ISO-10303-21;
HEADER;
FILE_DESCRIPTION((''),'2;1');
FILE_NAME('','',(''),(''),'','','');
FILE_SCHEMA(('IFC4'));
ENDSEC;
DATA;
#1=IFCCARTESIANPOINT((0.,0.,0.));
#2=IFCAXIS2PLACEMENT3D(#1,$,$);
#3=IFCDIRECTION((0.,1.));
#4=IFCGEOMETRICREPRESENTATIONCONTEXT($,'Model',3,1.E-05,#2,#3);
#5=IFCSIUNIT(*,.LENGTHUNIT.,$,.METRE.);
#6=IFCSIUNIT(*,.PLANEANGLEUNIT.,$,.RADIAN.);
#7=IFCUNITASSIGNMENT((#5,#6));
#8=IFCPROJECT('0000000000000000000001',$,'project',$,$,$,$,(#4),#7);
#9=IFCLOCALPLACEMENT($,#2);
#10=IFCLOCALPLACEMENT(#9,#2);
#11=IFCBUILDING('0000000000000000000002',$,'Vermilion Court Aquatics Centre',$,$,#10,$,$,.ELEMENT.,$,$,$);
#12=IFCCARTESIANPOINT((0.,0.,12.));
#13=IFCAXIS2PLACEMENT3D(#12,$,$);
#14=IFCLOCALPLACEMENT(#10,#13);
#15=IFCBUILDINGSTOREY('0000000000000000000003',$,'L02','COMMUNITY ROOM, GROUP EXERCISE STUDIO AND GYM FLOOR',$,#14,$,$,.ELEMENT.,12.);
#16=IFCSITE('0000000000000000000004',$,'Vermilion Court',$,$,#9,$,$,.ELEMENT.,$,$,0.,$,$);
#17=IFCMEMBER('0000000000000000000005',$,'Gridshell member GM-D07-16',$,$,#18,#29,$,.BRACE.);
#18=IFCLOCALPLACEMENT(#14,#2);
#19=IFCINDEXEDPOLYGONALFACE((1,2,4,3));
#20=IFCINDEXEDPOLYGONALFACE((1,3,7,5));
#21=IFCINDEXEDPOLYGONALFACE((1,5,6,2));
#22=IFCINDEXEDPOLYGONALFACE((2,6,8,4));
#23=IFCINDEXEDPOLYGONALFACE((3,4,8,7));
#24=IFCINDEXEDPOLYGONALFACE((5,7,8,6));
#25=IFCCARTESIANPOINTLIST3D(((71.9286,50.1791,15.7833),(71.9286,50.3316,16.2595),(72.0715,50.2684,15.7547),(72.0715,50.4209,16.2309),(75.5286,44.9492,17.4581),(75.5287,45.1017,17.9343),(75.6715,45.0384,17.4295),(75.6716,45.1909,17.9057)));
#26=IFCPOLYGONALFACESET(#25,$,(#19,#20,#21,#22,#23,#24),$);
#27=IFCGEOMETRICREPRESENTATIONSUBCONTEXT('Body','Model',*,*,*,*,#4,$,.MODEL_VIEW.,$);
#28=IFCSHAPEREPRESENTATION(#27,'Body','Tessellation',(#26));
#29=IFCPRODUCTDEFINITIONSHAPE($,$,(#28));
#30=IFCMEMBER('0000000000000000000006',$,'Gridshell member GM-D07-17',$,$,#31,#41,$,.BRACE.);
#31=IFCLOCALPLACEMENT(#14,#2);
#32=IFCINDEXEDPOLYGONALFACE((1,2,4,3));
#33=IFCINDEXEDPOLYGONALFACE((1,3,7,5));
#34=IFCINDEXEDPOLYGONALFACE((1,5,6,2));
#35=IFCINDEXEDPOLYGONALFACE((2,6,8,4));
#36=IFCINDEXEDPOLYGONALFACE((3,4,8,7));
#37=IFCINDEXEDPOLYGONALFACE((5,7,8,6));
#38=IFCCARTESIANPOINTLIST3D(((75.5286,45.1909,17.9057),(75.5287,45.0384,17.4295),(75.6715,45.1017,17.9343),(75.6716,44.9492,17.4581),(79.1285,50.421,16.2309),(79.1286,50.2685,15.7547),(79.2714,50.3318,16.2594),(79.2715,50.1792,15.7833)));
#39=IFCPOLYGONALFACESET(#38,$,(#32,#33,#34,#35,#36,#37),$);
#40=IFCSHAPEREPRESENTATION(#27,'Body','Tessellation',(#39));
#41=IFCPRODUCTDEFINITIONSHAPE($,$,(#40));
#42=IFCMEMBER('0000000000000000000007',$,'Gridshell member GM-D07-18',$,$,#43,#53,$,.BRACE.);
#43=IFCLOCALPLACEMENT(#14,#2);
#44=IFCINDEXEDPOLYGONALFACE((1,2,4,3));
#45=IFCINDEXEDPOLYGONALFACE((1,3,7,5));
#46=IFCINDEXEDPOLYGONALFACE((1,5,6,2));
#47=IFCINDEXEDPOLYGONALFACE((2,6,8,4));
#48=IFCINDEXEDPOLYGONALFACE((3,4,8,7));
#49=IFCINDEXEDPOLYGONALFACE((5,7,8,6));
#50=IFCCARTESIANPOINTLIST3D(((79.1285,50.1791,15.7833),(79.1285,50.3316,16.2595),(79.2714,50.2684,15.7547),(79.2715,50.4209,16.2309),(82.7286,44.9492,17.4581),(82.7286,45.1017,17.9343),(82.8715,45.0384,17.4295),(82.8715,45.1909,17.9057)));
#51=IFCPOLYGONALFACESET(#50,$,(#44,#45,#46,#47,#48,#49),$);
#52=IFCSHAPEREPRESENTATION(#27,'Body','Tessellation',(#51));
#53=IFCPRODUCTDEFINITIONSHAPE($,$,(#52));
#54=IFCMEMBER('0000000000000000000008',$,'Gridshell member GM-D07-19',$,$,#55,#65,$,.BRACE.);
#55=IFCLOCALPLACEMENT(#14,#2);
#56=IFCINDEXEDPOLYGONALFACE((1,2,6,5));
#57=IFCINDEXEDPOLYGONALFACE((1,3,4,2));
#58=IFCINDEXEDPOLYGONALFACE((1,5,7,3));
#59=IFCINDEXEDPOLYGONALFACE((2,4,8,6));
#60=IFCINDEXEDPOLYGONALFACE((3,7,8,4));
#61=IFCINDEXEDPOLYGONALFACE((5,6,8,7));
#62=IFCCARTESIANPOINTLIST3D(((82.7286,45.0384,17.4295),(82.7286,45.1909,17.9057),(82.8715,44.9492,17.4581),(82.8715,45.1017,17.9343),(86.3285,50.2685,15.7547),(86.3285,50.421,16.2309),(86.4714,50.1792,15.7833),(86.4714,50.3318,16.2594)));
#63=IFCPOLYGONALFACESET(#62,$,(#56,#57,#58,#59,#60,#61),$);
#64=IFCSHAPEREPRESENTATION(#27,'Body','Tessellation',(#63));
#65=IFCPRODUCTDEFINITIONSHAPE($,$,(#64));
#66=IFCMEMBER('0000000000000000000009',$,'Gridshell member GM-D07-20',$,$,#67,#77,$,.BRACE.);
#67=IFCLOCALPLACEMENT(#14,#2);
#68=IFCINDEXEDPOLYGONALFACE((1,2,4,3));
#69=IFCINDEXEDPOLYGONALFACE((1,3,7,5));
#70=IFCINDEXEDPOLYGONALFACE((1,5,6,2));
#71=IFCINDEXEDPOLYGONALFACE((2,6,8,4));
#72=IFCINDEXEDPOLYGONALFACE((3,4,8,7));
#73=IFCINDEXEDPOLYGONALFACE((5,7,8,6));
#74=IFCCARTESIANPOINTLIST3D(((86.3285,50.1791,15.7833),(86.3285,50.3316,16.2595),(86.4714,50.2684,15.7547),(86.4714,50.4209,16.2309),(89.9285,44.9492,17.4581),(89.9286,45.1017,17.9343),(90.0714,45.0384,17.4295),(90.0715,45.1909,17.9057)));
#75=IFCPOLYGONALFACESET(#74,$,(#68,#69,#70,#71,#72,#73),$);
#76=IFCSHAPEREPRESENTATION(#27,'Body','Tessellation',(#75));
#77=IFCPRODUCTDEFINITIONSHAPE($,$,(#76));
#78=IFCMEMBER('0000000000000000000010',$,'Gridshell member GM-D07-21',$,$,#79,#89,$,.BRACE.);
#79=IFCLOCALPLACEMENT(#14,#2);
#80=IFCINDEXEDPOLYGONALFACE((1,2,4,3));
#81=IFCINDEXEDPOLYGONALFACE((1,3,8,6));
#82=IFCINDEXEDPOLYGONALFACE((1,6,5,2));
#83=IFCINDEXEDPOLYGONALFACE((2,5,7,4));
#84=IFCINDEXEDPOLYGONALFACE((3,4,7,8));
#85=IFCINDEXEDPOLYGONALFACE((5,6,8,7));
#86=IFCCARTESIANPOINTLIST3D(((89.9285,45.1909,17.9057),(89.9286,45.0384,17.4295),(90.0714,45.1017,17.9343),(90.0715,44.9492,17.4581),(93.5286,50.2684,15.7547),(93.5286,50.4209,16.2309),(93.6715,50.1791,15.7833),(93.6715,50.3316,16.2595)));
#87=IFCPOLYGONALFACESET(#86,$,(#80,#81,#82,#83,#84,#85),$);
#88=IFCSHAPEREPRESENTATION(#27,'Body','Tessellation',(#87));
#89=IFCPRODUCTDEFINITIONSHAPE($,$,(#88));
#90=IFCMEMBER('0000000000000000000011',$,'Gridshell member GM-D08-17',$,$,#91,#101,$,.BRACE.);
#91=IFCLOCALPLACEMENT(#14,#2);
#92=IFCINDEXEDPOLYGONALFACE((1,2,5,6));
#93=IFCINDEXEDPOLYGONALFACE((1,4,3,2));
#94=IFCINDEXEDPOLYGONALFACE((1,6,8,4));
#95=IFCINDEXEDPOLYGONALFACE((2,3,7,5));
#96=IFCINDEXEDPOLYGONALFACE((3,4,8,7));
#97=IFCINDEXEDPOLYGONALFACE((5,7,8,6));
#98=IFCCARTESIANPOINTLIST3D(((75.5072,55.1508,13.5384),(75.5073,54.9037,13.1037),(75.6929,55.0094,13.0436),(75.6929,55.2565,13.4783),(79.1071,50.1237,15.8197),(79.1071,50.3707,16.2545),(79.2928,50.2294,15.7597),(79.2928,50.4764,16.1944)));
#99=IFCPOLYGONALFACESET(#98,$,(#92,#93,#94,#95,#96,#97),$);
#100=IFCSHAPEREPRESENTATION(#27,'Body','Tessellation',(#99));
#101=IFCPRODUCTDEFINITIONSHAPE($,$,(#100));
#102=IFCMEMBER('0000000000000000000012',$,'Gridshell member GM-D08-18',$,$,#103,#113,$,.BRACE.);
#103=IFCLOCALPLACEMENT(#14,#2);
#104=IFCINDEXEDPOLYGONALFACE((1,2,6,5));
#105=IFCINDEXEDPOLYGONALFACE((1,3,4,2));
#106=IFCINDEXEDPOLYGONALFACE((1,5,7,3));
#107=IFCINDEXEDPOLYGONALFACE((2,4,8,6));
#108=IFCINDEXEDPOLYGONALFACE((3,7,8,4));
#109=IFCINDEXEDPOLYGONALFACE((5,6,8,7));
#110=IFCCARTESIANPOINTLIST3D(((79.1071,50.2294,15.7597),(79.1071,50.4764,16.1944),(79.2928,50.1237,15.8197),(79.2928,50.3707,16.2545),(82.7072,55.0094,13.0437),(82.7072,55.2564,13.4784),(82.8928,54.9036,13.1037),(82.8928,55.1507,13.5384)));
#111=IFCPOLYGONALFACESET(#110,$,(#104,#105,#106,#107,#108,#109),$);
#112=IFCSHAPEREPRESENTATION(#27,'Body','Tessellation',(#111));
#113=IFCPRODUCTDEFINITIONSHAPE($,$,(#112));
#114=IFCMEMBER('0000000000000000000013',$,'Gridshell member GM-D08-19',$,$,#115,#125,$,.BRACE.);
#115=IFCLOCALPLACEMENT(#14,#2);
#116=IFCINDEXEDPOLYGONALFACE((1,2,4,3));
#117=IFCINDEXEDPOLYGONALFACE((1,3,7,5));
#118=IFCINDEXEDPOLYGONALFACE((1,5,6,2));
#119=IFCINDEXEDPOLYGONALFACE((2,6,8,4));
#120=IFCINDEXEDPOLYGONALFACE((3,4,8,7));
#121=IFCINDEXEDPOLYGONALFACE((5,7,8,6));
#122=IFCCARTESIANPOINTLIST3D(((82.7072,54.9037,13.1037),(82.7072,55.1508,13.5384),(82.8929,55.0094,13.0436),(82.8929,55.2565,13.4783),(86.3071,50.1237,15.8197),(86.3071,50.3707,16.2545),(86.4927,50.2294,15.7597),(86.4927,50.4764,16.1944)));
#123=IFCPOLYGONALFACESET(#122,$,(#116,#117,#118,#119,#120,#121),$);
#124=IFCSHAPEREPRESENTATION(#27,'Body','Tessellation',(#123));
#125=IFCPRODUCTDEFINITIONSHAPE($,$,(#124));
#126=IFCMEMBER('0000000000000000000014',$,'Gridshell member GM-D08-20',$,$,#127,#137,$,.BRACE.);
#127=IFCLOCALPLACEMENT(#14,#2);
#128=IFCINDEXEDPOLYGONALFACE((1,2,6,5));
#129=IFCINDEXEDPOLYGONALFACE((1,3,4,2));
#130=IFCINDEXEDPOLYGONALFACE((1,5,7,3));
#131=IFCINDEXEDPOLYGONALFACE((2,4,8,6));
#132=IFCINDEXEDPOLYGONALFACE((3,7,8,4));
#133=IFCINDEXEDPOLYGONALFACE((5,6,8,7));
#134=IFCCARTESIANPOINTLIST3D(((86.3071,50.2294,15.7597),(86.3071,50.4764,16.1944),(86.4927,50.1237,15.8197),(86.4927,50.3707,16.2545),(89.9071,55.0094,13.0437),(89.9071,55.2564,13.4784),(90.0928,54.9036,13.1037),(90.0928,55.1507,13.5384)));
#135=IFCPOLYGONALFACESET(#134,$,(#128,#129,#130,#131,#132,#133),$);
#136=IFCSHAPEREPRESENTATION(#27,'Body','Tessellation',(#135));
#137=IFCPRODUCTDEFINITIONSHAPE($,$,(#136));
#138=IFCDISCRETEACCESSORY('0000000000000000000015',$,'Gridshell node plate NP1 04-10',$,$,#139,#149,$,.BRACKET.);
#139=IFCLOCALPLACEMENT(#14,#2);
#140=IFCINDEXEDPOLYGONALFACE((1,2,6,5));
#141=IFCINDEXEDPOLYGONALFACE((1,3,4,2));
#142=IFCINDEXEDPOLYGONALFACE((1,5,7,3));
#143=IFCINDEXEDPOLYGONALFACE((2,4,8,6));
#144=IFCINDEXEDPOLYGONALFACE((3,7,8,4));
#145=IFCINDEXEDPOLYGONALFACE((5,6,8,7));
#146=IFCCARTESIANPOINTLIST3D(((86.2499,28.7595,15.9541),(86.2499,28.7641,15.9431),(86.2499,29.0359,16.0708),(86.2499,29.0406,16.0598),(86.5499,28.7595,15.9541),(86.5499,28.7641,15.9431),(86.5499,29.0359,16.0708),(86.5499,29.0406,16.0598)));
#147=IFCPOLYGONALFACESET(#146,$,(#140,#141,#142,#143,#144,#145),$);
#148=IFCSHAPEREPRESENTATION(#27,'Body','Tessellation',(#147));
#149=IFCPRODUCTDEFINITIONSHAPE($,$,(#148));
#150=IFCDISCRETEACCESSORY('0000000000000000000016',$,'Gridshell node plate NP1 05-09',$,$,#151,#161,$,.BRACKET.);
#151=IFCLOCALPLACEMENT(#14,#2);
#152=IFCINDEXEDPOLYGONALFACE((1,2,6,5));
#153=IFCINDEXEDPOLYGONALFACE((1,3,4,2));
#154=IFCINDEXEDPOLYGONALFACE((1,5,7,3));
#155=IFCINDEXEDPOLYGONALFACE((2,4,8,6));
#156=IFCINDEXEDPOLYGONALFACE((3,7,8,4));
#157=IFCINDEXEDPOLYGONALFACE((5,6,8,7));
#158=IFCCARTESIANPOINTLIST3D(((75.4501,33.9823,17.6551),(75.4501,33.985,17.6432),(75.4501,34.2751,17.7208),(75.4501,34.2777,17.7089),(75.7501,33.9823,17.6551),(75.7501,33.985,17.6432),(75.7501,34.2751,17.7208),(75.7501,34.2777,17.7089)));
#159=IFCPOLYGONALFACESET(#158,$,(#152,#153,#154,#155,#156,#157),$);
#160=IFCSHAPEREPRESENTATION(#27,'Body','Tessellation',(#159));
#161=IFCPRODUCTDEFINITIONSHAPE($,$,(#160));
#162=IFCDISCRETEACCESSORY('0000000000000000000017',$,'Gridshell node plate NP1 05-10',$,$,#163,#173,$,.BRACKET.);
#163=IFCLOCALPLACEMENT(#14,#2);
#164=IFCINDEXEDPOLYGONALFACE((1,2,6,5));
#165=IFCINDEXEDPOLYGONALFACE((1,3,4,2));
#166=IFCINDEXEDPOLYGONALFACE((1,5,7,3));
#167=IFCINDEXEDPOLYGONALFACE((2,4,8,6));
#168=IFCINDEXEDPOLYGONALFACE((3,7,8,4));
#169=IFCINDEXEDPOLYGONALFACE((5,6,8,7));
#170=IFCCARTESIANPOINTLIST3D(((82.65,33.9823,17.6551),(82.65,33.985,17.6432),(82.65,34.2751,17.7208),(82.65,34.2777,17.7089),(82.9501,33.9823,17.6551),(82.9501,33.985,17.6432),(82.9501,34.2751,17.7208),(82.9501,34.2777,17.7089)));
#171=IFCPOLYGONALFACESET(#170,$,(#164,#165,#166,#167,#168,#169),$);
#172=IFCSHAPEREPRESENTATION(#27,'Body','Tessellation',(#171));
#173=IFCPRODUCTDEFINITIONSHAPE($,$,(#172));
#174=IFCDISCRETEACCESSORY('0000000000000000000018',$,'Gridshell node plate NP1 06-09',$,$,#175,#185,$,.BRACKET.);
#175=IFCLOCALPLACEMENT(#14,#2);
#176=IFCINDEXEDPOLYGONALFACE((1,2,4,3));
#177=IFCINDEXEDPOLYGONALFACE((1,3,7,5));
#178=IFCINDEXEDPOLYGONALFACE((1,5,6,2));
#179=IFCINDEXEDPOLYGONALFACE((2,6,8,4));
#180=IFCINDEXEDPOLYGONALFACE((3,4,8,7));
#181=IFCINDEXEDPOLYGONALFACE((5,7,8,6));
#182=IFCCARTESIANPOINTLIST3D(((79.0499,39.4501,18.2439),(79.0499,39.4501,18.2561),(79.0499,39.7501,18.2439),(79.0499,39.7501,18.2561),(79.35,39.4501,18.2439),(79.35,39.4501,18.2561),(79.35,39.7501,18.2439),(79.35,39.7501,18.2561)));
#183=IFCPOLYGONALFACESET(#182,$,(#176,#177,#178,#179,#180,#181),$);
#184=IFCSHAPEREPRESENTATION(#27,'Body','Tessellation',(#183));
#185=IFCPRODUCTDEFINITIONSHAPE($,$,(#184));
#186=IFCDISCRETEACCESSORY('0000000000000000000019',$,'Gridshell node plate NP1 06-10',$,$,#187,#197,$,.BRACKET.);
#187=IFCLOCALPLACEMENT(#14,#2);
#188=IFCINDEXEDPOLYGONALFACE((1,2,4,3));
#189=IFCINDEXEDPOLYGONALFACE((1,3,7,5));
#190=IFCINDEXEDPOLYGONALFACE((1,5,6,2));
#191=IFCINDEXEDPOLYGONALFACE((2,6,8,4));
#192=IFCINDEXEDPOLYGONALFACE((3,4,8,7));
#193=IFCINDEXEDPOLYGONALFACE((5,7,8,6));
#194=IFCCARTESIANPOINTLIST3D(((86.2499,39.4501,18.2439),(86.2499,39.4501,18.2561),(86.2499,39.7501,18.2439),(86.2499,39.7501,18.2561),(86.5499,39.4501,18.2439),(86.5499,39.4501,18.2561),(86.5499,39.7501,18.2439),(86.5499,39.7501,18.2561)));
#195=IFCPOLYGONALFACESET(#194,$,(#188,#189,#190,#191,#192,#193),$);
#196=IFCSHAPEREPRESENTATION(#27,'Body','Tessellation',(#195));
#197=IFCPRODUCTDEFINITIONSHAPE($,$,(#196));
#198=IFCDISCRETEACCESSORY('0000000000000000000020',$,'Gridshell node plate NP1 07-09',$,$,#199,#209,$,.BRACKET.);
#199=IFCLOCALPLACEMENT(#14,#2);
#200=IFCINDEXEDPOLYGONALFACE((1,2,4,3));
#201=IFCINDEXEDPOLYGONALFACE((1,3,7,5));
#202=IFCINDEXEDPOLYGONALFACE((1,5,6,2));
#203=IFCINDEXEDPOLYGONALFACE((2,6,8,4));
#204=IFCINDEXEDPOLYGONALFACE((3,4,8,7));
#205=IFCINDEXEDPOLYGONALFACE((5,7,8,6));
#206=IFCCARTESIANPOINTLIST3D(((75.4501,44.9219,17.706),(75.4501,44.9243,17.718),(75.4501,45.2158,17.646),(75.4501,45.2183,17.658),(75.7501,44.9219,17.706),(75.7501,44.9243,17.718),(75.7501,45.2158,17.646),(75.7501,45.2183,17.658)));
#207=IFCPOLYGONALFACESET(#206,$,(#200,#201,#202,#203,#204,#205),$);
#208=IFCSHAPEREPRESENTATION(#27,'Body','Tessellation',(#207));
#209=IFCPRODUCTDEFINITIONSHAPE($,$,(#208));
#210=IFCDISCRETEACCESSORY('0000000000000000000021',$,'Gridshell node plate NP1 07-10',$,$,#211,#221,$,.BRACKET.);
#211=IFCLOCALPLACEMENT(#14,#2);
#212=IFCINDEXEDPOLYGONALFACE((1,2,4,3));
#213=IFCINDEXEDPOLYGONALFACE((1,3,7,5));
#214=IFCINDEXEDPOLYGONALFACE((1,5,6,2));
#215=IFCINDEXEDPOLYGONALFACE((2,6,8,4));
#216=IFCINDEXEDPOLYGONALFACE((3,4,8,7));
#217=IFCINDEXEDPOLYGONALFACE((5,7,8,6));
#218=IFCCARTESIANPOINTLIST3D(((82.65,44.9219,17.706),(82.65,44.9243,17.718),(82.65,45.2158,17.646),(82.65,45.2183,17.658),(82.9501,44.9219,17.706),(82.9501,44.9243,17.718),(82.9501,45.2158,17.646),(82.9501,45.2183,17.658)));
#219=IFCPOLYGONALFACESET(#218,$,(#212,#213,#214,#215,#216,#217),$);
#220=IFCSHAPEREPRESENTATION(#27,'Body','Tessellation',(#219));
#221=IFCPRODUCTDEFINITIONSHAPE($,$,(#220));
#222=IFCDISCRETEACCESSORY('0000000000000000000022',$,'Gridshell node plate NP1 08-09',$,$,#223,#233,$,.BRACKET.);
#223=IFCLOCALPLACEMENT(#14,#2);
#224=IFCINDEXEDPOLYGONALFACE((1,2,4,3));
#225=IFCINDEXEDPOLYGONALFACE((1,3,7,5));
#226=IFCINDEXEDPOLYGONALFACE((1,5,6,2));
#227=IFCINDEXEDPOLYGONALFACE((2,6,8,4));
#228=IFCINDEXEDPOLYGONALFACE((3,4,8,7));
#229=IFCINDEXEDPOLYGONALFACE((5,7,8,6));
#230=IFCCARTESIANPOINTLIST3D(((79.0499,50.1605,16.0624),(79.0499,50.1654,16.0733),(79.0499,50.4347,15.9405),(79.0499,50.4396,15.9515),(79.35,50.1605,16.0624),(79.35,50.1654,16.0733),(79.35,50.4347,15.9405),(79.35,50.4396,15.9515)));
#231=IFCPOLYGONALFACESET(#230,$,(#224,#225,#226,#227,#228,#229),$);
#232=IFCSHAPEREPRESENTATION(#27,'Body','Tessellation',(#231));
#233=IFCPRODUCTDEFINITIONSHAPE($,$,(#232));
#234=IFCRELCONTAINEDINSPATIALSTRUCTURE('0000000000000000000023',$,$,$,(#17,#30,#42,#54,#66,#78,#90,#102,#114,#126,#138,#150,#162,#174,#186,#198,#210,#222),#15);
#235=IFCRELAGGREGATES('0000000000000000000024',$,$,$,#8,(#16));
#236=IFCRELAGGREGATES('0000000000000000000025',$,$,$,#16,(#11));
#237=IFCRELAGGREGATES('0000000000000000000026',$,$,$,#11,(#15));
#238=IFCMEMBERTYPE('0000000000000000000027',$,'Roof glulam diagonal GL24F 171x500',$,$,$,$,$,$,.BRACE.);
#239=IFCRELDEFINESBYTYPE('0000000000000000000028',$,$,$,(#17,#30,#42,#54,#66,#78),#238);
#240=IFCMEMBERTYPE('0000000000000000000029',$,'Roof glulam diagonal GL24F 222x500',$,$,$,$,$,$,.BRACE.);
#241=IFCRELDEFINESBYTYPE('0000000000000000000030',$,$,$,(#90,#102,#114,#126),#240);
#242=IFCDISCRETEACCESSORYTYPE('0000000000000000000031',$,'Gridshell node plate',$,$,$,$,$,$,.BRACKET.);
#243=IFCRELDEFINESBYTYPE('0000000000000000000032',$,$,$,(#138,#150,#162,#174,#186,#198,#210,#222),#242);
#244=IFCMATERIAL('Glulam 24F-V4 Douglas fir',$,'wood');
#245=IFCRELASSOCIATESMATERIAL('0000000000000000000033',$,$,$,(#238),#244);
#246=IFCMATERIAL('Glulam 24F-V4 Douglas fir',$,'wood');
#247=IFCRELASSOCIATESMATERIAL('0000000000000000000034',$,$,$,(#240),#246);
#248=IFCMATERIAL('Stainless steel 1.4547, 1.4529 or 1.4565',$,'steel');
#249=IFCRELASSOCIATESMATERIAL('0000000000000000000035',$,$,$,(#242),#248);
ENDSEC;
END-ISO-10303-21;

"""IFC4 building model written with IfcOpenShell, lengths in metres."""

from ifc_helpers import new_model, si_unit, direction, frame, origin, origin_2d, place, context, subcontext, project, spatial, rectangle, extrude, material, material_profile, profile_set, type_object, element, save


model = new_model("IFC4")

# Units and contexts
model_context = context("Model", 3, precision=1e-05, world=origin(), true_north=direction((0.0, 1.0)))
body_context = subcontext(model_context, "Body", "Model", "MODEL_VIEW")
ifc_project = project(units=[si_unit("LENGTHUNIT", "METRE"), si_unit("PLANEANGLEUNIT", "RADIAN")], contexts=[model_context])

# Site, building, storey
site_placement = place(None, origin())
site = spatial("IfcSite", under=ifc_project, at=site_placement, Name="Vermilion Court", CompositionType="ELEMENT", RefElevation=0.0)
building_placement = place(site_placement, origin())
building = spatial("IfcBuilding", under=site, at=building_placement, Name="Vermilion Court Aquatics Centre", CompositionType="ELEMENT")
storey_placement = place(building_placement, frame((0.0, 0.0, 12.0)))
storey = spatial("IfcBuildingStorey", under=building, at=storey_placement, Name="L02", Description="COMMUNITY ROOM, GROUP EXERCISE STUDIO AND GYM FLOOR", CompositionType="ELEMENT", Elevation=12.0)

# Members
ifc_material_1 = material(Name="Glulam 24F-V4 Douglas fir", Category="wood")
ifc_material_profile_1 = material_profile(ifc_material_1, rectangle(XDim=0.1709, YDim=0.5, at=origin_2d()), Name="GL24F 171x500")
ifc_profile_set_1 = profile_set([ifc_material_profile_1], Name="Glulam 24F-V4 Douglas fir")
member_type_1 = type_object("IfcMemberType", Name="Roof glulam diagonal GL24F 171x500", PredefinedType="BRACE", material=ifc_profile_set_1)
for number, where, z_axis, x_axis, name in (
    (1, (75.6001, 45.0701, 17.6819), (-0.548256, 0.796469, -0.255055), (-0.836311, -0.522113, 0.167278), "Gridshell member GM-D07-16"),
    (2, (75.6001, 45.0701, 17.6819), (0.54823, 0.796485, -0.25506), (-0.836328, 0.522086, -0.167278), "Gridshell member GM-D07-17"),
    (3, (82.8, 45.0701, 17.6819), (-0.548256, 0.796469, -0.255055), (-0.836311, -0.522113, 0.167278), "Gridshell member GM-D07-18"),
    (4, (82.8, 45.0701, 17.6819), (0.54823, 0.796485, -0.25506), (-0.836328, 0.522086, -0.167278), "Gridshell member GM-D07-19"),
    (5, (90.0, 45.0701, 17.6819), (-0.548256, 0.796469, -0.255055), (-0.836311, -0.522113, 0.167278), "Gridshell member GM-D07-20"),
    (6, (90.0, 45.0701, 17.6819), (0.548256, 0.796469, -0.255055), (-0.836311, 0.522113, -0.167278), "Gridshell member GM-D07-21"),
):
    element("IfcMember", number, at=place(storey_placement, frame(where, z_axis=z_axis, x_axis=x_axis)), inside=storey, type_object=member_type_1, Name=name, PredefinedType="BRACE", context=body_context, shape_type="SweptSolid", body=[
        extrude(rectangle(XDim=0.1709, YDim=0.5, at=origin_2d()), origin(), (0.0, 0.0, 1.0), 6.5664),
    ])
ifc_material_2 = material(Name="Glulam 24F-V4 Douglas fir", Category="wood")
ifc_material_profile_2 = material_profile(ifc_material_2, rectangle(XDim=0.2219, YDim=0.5, at=origin_2d()), Name="GL24F 222x500")
ifc_profile_set_2 = profile_set([ifc_material_profile_2], Name="Glulam 24F-V4 Douglas fir")
member_type_2 = type_object("IfcMemberType", Name="Roof glulam diagonal GL24F 222x500", PredefinedType="BRACE", material=ifc_profile_set_2)
for number, where, z_axis, x_axis, name in (
    (7, (79.2, 50.3, 16.0071), (-0.547798, 0.727388, -0.41331), (-0.836611, -0.476285, 0.27062), "Gridshell member GM-D08-17"),
    (8, (79.2, 50.3, 16.0071), (0.547824, 0.727373, -0.413301), (-0.836594, 0.476314, -0.270621), "Gridshell member GM-D08-18"),
    (9, (86.3999, 50.3, 16.0071), (-0.547798, 0.727388, -0.41331), (-0.836611, -0.476285, 0.27062), "Gridshell member GM-D08-19"),
    (10, (86.3999, 50.3, 16.0071), (0.547824, 0.727373, -0.413301), (-0.836594, 0.476314, -0.270621), "Gridshell member GM-D08-20"),
):
    element("IfcMember", number, at=place(storey_placement, frame(where, z_axis=z_axis, x_axis=x_axis)), inside=storey, type_object=member_type_2, Name=name, PredefinedType="BRACE", context=body_context, shape_type="SweptSolid", body=[
        extrude(rectangle(XDim=0.2219, YDim=0.5, at=origin_2d()), origin(), (0.0, 0.0, 1.0), 6.5715),
    ])

# Discrete accessories
ifc_material_3 = material(Name="Stainless steel 1.4547, 1.4529 or 1.4565", Category="steel")
ifc_material_profile_3 = material_profile(ifc_material_3, rectangle(XDim=0.3, YDim=0.3, at=origin_2d()), Name="PL 12 x 300 x 300")
ifc_profile_set_3 = profile_set([ifc_material_profile_3], Name="Stainless steel 1.4547, 1.4529 or 1.4565")
discrete_accessory_type = type_object("IfcDiscreteAccessoryType", Name="Gridshell node plate", PredefinedType="BRACKET", material=ifc_profile_set_3)
discrete_accessory_placement = place(storey_placement, frame((86.3999, 28.9023, 16.0015), z_axis=(0.0, -0.388972, 0.92125), x_axis=(1.0, 0.0, 0.0)))
element("IfcDiscreteAccessory", 11, at=discrete_accessory_placement, inside=storey, type_object=discrete_accessory_type, Name="Gridshell node plate NP1 04-10", PredefinedType="BRACKET", context=body_context, shape_type="SweptSolid", body=[
    extrude(rectangle(XDim=0.3, YDim=0.3, at=origin_2d()), origin(), (0.0, 0.0, 1.0), 0.012),
])
for number, where, z_axis, x_axis, name in (
    (12, (75.6001, 34.1313, 17.676), (0.0, -0.219038, 0.975716), (1.0, 0.0, 0.0), "Gridshell node plate NP1 05-09"),
    (13, (82.8, 34.1313, 17.676), (0.0, -0.219038, 0.975716), (1.0, 0.0, 0.0), "Gridshell node plate NP1 05-10"),
    (14, (79.2, 39.6001, 18.2439), (0.0, 0.0, 1.0), (1.0, 0.0, 0.0), "Gridshell node plate NP1 06-09"),
    (15, (86.3999, 39.6001, 18.2439), (0.0, 0.0, 1.0), (1.0, 0.0, 0.0), "Gridshell node plate NP1 06-10"),
    (16, (75.6001, 45.0688, 17.676), (0.0, 0.19996, 0.979804), (-1.0, 0.0, 0.0), "Gridshell node plate NP1 07-09"),
    (17, (82.8, 45.0688, 17.676), (0.0, 0.19996, 0.979804), (-1.0, 0.0, 0.0), "Gridshell node plate NP1 07-10"),
):
    element("IfcDiscreteAccessory", number, at=place(storey_placement, frame(where, z_axis=z_axis, x_axis=x_axis)), inside=storey, type_object=discrete_accessory_type, Name=name, PredefinedType="BRACKET", context=body_context, shape_type="SweptSolid", body=[
        extrude(rectangle(XDim=0.3, YDim=0.3, at=origin_2d()), origin(), (0.0, 0.0, 1.0), 0.0122),
    ])
for number, where, z_axis, x_axis, name in (
    (18, (79.2, 50.2976, 16.0015), (0.0, 0.406138, 0.913812), (-1.0, 0.0, 0.0), "Gridshell node plate NP1 08-09"),
):
    element("IfcDiscreteAccessory", number, at=place(storey_placement, frame(where, z_axis=z_axis, x_axis=x_axis)), inside=storey, type_object=discrete_accessory_type, Name=name, PredefinedType="BRACKET", context=body_context, shape_type="SweptSolid", body=[
        extrude(rectangle(XDim=0.3, YDim=0.3, at=origin_2d()), origin(), (0.0, 0.0, 1.0), 0.012),
    ])

save(model, "model.ifc")
